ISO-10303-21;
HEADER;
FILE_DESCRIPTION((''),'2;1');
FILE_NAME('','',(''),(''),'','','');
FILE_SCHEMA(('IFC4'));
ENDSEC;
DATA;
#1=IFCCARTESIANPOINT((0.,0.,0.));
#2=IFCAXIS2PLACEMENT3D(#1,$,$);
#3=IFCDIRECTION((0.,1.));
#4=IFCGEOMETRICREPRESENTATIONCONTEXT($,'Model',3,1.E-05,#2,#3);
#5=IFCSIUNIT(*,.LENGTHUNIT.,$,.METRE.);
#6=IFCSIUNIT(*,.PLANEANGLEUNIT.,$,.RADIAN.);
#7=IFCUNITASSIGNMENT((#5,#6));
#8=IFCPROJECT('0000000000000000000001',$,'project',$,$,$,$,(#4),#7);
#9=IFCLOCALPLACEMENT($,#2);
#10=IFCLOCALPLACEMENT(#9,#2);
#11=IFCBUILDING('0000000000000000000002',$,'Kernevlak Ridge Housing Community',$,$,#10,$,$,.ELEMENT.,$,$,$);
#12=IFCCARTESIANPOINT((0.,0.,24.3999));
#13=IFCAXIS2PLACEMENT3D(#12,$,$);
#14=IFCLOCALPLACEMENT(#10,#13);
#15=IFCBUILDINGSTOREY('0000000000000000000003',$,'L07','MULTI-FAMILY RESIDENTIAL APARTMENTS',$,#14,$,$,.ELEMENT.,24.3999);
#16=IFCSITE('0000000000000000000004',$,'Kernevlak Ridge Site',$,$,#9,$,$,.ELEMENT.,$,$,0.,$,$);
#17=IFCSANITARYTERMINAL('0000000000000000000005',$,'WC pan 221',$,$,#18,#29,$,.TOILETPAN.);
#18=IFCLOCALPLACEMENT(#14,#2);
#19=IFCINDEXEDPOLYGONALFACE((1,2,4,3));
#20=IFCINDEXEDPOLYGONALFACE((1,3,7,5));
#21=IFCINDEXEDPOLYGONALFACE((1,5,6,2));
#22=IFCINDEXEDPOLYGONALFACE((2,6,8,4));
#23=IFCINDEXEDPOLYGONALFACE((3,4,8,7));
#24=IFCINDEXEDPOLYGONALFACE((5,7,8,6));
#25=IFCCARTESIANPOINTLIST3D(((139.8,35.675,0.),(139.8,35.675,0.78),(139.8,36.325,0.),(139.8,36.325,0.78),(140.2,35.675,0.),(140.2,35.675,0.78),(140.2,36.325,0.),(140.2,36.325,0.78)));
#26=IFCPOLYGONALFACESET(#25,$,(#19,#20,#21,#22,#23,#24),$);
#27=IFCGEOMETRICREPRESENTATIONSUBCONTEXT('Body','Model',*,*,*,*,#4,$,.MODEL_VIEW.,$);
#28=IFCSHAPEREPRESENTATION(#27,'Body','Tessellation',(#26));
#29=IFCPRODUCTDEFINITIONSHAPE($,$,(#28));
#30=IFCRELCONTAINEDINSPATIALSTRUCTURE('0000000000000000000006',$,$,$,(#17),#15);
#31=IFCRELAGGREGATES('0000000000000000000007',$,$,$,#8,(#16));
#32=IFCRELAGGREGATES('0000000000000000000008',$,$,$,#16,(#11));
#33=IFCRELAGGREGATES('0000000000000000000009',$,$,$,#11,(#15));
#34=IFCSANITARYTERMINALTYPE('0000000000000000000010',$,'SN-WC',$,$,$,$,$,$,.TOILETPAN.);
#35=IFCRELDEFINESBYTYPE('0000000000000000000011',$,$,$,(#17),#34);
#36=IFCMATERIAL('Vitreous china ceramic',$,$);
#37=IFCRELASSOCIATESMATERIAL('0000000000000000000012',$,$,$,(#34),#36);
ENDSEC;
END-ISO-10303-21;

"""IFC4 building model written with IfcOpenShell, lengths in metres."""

from ifc_helpers import new_model, si_unit, direction, frame, origin, origin_2d, place, context, subcontext, project, spatial, rectangle, extrude, material, type_object, element, save


model = new_model("IFC4")

# Units and contexts
model_context = context("Model", 3, precision=1e-05, world=origin(), true_north=direction((0.0, 1.0)))
body_context = subcontext(model_context, "Body", "Model", "MODEL_VIEW")
ifc_project = project(units=[si_unit("LENGTHUNIT", "METRE"), si_unit("PLANEANGLEUNIT", "RADIAN")], contexts=[model_context])

# Site, building, storey
site_placement = place(None, origin())
site = spatial("IfcSite", under=ifc_project, at=site_placement, Name="Kernevlak Ridge Site", CompositionType="ELEMENT", RefElevation=0.0)
building_placement = place(site_placement, origin())
building = spatial("IfcBuilding", under=site, at=building_placement, Name="Kernevlak Ridge Housing Community", CompositionType="ELEMENT")
storey_placement = place(building_placement, frame((0.0, 0.0, 24.3999)))
storey = spatial("IfcBuildingStorey", under=building, at=storey_placement, Name="L07", Description="MULTI-FAMILY RESIDENTIAL APARTMENTS", CompositionType="ELEMENT", Elevation=24.3999)

# Sanitary terminal
ifc_material_1 = material(Name="Vitreous china ceramic")
sanitary_terminal_type_1 = type_object("IfcSanitaryTerminalType", Name="SN-WC", PredefinedType="TOILETPAN", material=ifc_material_1)
sanitary_terminal_1_placement = place(storey_placement, frame((140.0, 36.0, 0.0), z_axis=(0.0, 0.0, 1.0), x_axis=(1.0, 0.0, 0.0)))
element("IfcSanitaryTerminal", 1, at=sanitary_terminal_1_placement, inside=storey, type_object=sanitary_terminal_type_1, Name="WC pan 221", PredefinedType="TOILETPAN", context=body_context, shape_type="SweptSolid", body=[
    extrude(rectangle(XDim=0.3999, YDim=0.6499, at=origin_2d()), origin(), (0.0, 0.0, 1.0), 0.78),
])

save(model, "model.ifc")
